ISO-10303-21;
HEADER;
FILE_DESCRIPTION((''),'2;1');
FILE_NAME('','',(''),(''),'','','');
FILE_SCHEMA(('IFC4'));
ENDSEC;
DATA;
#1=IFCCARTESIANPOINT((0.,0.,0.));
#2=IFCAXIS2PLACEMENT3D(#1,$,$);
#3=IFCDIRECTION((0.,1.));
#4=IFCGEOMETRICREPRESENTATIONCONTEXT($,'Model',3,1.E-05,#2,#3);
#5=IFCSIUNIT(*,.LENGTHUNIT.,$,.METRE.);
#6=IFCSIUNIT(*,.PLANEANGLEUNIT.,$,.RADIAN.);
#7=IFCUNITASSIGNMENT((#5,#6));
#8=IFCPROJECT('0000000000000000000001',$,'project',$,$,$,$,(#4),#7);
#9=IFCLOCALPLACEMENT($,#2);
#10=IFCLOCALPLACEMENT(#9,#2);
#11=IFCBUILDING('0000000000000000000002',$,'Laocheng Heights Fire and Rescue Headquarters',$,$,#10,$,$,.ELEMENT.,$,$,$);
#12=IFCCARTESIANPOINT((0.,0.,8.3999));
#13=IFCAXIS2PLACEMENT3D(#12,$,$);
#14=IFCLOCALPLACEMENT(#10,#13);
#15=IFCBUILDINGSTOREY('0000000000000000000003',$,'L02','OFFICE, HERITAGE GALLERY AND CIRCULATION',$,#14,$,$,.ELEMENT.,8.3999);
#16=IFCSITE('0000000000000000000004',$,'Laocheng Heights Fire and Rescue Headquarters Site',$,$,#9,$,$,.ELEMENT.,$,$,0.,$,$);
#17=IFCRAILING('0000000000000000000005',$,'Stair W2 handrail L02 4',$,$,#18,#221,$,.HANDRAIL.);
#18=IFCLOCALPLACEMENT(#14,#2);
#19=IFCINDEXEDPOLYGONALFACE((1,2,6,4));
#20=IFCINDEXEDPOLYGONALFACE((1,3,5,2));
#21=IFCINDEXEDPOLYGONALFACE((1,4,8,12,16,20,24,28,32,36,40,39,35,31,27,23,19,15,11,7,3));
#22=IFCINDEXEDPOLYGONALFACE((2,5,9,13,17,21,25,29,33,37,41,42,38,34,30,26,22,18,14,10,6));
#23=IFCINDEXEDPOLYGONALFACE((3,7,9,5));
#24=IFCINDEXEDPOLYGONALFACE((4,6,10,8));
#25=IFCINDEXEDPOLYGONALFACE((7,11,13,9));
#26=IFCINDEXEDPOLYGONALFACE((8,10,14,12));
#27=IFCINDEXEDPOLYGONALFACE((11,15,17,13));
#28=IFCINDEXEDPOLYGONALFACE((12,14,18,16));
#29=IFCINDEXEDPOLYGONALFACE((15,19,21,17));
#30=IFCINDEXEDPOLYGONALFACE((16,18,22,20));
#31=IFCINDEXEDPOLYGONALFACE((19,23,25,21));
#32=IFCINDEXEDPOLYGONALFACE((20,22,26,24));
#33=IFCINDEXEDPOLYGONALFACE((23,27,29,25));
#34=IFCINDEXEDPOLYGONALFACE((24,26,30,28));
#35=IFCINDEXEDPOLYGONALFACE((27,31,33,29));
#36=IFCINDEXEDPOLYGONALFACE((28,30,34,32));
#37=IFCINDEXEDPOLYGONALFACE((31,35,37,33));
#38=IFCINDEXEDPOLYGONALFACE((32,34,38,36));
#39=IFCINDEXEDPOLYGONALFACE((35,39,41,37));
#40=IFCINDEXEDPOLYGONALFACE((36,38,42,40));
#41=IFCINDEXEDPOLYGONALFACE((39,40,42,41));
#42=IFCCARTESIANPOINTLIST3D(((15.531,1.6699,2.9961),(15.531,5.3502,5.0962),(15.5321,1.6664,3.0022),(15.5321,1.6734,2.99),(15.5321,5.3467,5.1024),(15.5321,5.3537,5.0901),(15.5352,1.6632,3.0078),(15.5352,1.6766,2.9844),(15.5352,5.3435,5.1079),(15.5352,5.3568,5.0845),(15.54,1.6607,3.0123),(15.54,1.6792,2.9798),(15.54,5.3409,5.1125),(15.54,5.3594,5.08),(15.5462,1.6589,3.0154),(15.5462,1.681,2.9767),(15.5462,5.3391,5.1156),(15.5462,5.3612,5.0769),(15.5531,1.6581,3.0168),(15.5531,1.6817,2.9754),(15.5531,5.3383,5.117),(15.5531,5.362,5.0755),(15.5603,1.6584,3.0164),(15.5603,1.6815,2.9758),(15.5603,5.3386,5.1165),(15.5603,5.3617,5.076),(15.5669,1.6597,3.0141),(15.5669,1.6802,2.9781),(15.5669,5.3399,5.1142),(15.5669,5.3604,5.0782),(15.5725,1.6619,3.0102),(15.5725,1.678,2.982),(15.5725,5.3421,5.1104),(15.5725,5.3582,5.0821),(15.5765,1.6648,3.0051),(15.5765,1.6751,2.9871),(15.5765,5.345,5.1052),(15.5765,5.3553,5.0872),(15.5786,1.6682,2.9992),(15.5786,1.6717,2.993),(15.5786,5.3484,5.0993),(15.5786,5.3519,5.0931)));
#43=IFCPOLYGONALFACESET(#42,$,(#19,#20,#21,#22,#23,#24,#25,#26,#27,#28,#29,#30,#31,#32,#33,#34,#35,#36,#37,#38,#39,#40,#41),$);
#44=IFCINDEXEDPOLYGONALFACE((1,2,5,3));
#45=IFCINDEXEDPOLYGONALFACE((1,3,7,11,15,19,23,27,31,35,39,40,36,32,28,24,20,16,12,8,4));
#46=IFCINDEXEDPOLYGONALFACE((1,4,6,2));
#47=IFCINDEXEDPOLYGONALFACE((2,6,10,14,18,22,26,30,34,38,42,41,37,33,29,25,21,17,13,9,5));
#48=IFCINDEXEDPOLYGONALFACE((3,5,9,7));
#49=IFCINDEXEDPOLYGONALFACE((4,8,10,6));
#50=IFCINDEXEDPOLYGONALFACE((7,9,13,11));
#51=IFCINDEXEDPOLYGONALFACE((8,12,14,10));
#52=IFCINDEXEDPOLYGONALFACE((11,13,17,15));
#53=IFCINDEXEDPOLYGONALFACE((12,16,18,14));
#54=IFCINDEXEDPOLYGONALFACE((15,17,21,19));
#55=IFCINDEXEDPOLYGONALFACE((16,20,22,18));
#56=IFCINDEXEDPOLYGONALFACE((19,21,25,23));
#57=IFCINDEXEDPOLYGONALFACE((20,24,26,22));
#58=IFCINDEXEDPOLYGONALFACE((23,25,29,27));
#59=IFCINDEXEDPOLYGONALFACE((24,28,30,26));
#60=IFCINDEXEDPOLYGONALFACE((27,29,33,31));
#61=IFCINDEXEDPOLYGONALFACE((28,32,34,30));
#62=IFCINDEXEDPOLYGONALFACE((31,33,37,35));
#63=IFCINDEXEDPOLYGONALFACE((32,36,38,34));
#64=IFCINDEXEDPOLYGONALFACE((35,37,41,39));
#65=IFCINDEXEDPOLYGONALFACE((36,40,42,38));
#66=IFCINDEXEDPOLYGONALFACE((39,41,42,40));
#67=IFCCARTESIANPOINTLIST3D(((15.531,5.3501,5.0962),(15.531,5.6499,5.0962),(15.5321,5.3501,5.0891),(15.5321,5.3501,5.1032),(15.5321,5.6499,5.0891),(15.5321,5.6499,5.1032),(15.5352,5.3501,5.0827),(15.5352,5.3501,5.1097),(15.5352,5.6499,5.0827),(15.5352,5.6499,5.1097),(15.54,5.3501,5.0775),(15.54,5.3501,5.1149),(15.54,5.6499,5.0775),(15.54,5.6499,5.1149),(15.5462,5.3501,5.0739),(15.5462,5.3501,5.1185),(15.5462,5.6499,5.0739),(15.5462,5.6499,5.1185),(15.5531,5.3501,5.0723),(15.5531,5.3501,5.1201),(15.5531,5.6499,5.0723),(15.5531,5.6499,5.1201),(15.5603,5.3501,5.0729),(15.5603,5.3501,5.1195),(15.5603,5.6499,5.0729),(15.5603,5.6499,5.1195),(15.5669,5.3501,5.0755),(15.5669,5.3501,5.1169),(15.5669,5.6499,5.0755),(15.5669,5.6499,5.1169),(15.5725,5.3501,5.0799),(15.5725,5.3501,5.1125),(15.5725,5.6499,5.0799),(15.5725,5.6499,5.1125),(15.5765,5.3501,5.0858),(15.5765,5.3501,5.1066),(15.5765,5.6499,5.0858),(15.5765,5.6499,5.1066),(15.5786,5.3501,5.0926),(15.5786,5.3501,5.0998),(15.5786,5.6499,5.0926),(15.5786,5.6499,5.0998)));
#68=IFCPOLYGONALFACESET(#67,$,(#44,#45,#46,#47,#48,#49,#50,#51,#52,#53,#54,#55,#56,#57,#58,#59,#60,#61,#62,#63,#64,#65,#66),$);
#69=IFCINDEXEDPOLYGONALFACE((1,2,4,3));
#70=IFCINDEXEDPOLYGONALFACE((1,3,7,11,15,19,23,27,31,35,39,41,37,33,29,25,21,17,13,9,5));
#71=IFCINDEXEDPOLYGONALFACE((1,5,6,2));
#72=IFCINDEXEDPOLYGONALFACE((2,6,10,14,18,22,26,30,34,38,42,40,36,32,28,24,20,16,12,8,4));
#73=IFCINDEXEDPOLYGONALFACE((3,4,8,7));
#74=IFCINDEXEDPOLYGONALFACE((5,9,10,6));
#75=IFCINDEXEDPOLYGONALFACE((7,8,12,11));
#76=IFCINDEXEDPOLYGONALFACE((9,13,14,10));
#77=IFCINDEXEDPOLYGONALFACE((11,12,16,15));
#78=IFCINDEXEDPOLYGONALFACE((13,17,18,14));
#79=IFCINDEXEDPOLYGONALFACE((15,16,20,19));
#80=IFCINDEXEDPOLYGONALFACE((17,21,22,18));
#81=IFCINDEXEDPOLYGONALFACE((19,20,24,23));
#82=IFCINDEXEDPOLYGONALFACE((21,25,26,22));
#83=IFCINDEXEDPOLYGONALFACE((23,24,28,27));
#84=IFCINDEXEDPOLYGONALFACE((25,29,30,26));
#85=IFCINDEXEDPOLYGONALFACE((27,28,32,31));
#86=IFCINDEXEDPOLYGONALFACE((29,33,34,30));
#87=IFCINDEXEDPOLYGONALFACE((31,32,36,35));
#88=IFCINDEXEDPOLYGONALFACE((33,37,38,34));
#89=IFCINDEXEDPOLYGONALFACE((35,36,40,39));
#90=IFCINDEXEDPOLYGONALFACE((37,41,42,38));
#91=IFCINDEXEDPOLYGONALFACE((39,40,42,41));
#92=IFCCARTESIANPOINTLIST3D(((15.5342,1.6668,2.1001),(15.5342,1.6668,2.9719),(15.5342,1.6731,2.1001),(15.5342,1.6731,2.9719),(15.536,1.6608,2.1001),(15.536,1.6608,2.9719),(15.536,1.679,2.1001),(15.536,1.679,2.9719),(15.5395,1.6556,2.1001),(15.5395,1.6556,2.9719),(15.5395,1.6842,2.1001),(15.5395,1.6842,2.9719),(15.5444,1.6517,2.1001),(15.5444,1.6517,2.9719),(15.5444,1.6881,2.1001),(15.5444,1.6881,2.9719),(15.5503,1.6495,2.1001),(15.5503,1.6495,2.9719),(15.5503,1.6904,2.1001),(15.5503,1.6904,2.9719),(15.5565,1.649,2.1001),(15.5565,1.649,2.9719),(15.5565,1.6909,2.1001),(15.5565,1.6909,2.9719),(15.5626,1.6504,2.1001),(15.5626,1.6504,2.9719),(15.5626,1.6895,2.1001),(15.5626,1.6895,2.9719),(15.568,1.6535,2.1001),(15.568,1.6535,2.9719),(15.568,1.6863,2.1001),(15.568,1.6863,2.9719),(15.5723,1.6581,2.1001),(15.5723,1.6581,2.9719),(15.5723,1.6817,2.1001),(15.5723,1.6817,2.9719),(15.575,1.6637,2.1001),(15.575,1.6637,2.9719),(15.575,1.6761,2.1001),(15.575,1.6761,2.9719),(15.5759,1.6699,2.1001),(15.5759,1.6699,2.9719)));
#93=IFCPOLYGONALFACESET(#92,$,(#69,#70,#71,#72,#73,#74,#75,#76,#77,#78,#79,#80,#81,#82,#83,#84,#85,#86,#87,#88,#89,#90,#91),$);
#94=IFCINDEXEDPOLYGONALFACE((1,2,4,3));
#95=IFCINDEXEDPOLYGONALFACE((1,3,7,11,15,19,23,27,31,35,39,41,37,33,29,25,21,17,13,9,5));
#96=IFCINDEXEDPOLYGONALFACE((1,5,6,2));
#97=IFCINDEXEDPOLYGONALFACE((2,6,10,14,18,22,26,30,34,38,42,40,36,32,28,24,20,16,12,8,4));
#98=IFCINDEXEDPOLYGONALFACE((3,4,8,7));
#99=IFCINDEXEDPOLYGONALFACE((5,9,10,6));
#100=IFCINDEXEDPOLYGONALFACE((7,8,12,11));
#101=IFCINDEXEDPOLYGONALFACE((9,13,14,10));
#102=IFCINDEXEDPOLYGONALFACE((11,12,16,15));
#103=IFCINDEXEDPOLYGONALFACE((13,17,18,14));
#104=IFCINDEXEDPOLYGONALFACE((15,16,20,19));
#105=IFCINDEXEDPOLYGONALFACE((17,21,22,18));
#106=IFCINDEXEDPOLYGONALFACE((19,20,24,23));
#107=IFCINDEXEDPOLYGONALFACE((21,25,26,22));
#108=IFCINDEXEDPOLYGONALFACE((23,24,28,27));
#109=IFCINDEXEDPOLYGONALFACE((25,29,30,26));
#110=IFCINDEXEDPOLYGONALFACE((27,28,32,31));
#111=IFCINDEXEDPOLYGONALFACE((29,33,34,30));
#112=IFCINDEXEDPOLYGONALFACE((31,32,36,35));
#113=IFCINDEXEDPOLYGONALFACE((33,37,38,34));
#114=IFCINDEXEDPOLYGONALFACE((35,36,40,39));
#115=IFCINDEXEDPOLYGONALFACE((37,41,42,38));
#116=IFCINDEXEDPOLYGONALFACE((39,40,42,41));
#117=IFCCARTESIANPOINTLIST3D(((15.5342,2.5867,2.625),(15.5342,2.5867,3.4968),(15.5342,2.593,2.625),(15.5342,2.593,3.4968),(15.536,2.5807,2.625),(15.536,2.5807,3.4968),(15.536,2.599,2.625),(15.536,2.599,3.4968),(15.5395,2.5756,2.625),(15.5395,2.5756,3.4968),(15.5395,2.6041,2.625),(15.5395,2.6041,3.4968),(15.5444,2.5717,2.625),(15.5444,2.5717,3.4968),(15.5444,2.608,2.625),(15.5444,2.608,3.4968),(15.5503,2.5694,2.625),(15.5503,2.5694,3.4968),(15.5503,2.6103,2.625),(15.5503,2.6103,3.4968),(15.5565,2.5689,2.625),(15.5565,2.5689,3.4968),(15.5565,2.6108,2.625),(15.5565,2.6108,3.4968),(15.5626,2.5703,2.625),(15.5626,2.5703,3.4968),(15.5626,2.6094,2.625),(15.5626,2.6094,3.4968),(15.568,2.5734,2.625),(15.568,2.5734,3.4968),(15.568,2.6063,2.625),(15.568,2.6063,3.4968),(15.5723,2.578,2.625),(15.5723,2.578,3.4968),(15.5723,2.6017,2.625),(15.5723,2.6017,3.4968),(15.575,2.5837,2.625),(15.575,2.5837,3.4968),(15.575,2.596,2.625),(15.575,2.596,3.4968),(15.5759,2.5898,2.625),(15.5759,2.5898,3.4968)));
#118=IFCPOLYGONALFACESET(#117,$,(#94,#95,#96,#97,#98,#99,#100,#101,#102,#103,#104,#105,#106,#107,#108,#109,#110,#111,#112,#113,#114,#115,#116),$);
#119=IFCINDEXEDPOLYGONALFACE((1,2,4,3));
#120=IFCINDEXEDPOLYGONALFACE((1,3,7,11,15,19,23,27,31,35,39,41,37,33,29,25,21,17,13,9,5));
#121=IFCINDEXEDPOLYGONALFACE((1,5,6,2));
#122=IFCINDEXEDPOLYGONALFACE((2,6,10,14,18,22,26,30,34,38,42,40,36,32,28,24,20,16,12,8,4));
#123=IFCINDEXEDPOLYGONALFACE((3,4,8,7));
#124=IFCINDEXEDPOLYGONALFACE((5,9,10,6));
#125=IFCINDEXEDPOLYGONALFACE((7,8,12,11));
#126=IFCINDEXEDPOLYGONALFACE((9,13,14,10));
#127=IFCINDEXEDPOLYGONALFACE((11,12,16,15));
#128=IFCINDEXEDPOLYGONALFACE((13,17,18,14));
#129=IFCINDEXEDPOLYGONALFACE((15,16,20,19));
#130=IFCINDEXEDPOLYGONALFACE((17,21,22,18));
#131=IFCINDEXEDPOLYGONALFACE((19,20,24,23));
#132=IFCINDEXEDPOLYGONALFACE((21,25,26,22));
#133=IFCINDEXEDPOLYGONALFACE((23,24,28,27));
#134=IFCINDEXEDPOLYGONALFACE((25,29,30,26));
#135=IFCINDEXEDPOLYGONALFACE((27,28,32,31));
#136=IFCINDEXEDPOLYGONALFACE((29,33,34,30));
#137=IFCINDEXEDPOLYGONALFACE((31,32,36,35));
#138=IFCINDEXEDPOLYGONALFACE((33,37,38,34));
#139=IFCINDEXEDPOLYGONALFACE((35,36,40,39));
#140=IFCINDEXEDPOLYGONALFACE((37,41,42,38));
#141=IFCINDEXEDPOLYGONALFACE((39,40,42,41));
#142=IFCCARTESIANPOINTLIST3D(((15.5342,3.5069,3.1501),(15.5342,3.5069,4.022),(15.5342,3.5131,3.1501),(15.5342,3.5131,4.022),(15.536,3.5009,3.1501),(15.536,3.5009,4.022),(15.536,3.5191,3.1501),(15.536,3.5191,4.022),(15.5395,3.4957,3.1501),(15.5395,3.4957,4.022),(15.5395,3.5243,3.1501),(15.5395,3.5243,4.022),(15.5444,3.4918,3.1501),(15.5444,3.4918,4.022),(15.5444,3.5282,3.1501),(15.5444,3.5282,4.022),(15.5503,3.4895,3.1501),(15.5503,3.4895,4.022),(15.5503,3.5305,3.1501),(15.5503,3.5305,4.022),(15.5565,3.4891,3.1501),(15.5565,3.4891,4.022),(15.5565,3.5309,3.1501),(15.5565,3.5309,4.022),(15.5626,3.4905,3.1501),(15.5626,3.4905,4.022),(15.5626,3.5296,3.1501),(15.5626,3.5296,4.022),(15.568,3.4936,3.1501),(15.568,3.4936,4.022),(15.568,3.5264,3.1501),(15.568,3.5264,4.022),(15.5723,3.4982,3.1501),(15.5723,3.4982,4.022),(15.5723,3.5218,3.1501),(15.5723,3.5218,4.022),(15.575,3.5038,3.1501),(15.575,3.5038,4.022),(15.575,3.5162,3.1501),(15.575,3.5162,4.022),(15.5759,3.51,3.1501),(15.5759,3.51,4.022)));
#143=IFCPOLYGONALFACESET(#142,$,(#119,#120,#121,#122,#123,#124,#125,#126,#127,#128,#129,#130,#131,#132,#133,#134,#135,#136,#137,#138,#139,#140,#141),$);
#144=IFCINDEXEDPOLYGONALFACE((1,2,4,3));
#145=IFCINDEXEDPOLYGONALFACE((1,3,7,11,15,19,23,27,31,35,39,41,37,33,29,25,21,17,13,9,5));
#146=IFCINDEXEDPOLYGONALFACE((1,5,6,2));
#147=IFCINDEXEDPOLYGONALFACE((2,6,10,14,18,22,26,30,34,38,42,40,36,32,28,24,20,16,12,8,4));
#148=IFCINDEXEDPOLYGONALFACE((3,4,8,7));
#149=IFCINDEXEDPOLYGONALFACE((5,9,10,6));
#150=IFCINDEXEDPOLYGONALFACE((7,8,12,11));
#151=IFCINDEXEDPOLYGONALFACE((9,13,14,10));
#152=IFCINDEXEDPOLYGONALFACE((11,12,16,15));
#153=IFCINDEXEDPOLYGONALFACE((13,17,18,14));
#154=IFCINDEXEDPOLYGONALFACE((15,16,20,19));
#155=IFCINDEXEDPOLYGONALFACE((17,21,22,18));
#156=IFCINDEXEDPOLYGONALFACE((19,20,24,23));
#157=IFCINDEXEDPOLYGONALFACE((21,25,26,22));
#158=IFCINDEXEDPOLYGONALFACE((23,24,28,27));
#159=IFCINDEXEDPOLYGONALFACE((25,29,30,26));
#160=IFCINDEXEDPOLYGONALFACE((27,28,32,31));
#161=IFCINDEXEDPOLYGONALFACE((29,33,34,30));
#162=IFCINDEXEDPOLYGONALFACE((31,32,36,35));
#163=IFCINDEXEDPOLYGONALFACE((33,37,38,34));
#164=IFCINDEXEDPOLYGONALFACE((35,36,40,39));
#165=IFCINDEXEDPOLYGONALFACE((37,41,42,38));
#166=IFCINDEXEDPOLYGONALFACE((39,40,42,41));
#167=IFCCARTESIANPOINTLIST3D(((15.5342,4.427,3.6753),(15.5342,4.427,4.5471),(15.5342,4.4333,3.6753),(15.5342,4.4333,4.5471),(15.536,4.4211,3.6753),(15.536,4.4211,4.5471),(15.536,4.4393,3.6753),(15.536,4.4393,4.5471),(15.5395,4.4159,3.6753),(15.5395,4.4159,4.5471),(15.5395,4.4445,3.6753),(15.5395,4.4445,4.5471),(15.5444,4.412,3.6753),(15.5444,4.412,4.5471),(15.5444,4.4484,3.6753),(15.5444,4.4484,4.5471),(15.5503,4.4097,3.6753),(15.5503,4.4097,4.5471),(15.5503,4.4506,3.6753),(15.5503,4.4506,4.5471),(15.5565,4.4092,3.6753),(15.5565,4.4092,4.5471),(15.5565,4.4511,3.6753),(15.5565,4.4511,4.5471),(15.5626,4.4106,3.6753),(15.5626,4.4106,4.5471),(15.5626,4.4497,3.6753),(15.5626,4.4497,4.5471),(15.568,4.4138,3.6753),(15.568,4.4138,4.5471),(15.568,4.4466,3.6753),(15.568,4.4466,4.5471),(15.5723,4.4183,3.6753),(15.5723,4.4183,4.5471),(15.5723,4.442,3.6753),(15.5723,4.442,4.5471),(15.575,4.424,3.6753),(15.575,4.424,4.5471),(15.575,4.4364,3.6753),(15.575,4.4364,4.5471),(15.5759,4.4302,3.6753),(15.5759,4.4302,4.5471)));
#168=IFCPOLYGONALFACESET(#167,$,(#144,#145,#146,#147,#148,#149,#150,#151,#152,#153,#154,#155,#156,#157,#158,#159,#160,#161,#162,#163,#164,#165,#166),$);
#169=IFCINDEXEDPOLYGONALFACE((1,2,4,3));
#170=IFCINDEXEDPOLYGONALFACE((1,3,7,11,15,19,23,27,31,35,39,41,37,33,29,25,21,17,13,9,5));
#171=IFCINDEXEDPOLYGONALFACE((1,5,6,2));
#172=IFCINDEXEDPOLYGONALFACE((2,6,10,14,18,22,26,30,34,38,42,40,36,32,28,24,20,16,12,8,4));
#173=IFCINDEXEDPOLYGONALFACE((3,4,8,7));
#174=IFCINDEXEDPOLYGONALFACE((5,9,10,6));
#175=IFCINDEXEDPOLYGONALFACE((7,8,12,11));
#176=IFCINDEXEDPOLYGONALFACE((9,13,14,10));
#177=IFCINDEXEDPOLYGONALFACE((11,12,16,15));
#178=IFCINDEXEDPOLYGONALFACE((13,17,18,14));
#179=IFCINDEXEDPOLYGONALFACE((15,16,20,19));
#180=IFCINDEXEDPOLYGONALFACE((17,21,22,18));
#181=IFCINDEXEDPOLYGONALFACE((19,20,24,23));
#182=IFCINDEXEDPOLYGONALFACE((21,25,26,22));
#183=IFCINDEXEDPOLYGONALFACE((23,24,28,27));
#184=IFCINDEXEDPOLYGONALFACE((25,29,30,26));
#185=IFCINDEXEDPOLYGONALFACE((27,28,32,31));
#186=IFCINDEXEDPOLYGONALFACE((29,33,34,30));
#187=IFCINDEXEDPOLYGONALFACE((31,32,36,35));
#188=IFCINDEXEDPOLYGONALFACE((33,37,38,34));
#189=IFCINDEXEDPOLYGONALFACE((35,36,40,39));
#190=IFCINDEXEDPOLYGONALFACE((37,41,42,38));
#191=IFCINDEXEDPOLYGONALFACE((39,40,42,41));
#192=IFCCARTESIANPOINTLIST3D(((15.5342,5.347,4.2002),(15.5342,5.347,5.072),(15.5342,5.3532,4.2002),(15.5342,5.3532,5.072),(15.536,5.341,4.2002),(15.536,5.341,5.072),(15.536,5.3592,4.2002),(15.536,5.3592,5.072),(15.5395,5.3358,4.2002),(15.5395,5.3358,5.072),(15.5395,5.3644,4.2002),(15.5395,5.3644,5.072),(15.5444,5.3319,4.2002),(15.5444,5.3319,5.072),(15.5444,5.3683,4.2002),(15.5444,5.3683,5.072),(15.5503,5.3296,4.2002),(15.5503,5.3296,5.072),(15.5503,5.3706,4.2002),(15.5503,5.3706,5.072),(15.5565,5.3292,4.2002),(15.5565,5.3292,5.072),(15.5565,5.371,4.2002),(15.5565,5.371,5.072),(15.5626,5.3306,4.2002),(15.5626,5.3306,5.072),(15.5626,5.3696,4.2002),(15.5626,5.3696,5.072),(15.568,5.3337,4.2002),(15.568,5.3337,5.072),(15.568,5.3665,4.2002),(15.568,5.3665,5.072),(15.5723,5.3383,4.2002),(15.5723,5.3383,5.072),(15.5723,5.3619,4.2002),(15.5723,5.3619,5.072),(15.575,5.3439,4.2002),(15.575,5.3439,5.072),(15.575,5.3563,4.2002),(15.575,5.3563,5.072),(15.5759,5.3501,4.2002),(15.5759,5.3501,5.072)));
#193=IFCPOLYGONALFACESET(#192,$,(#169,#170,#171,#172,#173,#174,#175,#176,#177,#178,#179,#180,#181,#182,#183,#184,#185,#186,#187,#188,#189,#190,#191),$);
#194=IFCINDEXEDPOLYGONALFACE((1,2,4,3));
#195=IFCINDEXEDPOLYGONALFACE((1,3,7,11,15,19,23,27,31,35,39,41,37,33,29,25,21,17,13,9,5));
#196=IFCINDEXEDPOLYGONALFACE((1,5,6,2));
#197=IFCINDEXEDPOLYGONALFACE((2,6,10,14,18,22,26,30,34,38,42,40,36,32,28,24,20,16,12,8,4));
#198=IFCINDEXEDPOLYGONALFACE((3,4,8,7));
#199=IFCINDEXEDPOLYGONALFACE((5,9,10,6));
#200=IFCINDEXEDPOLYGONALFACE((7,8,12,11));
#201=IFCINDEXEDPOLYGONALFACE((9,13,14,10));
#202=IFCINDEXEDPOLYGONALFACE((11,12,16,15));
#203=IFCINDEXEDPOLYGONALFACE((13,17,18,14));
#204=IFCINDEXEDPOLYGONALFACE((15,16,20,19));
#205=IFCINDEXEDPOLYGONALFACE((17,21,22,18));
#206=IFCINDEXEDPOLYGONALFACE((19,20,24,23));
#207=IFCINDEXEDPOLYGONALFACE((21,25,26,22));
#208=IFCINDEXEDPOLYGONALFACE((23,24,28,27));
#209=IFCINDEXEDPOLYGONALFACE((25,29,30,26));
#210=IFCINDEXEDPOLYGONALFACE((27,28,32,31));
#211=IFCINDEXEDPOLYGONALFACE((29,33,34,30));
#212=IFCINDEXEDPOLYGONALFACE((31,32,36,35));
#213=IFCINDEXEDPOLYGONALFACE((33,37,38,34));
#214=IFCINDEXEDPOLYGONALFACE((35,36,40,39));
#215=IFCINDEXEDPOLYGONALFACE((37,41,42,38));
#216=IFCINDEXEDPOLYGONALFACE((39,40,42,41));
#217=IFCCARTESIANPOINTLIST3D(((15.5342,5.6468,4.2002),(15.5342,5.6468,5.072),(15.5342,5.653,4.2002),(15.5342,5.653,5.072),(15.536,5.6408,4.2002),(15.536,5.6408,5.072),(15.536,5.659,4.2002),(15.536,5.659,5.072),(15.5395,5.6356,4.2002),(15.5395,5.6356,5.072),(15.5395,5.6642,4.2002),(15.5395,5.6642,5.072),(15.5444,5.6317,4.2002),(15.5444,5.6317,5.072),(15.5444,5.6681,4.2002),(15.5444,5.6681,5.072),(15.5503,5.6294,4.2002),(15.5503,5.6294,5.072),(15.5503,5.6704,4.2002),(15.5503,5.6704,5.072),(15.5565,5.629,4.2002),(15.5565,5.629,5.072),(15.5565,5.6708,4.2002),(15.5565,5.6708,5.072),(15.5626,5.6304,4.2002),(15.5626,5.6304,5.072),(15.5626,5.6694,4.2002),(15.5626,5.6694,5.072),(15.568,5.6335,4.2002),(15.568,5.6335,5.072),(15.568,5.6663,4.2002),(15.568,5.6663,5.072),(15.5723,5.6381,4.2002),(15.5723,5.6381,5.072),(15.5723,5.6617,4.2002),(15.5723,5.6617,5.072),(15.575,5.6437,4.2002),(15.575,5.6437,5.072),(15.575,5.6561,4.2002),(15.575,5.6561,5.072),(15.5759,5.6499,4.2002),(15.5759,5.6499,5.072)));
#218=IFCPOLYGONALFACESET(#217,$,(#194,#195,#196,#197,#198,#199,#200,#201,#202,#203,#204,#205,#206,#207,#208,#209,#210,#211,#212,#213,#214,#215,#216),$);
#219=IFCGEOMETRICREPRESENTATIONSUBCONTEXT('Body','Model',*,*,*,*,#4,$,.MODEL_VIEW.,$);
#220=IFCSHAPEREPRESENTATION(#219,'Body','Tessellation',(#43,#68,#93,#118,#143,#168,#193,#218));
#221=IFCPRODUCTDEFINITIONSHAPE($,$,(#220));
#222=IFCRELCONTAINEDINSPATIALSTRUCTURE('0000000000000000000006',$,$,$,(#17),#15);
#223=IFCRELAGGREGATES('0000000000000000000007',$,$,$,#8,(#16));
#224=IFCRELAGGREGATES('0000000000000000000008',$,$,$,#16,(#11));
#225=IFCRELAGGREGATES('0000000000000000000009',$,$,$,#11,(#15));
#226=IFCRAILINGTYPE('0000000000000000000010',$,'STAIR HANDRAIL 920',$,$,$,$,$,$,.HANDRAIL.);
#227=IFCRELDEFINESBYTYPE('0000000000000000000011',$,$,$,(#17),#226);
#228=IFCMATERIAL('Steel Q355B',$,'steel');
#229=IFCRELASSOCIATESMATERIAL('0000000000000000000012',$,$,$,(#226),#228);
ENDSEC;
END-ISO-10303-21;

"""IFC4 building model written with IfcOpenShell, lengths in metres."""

from ifc_helpers import new_model, si_unit, direction, frame, origin, origin_2d, place, context, subcontext, project, spatial, circle, extrude, material, type_object, element, save


model = new_model("IFC4")

# Units and contexts
model_context = context("Model", 3, precision=1e-05, world=origin(), true_north=direction((0.0, 1.0)))
body_context = subcontext(model_context, "Body", "Model", "MODEL_VIEW")
ifc_project = project(units=[si_unit("LENGTHUNIT", "METRE"), si_unit("PLANEANGLEUNIT", "RADIAN")], contexts=[model_context])

# Site, building, storey
site_placement = place(None, origin())
site = spatial("IfcSite", under=ifc_project, at=site_placement, Name="Laocheng Heights Fire and Rescue Headquarters Site", CompositionType="ELEMENT", RefElevation=0.0)
building_placement = place(site_placement, origin())
building = spatial("IfcBuilding", under=site, at=building_placement, Name="Laocheng Heights Fire and Rescue Headquarters", CompositionType="ELEMENT")
storey_placement = place(building_placement, frame((0.0, 0.0, 8.3999)))
storey = spatial("IfcBuildingStorey", under=building, at=storey_placement, Name="L02", Description="OFFICE, HERITAGE GALLERY AND CIRCULATION", CompositionType="ELEMENT", Elevation=8.3999)

# Railing
ifc_material_1 = material(Name="Steel Q355B", Category="steel")
railing_type_1 = type_object("IfcRailingType", Name="STAIR HANDRAIL 920", PredefinedType="HANDRAIL", material=ifc_material_1)
railing_1_placement = place(storey_placement, frame((15.5549, 1.6699, 2.1001)))
element("IfcRailing", 1, at=railing_1_placement, inside=storey, type_object=railing_type_1, Name="Stair W2 handrail L02 4", PredefinedType="HANDRAIL", context=body_context, shape_type="SweptSolid", body=[
    extrude(circle(Radius=0.0239, at=origin_2d()), frame((0.0, 0.0, 0.896), z_axis=(0.0, 0.868534, 0.49563), x_axis=(-1.0, 0.0, 0.0)), (0.0, 0.0, 1.0), 4.2373),
    extrude(circle(Radius=0.0239, at=origin_2d()), frame((0.0, 3.6802, 2.9961), z_axis=(0.0, 1.0, 0.0), x_axis=(-1.0, 0.0, 0.0)), (0.0, 0.0, 1.0), 0.2998),
    extrude(circle(Radius=0.021, at=origin_2d()), origin(), (0.0, 0.0, 1.0), 0.8718),
    extrude(circle(Radius=0.021, at=origin_2d()), frame((0.0, 0.9199, 0.5249)), (0.0, 0.0, 1.0), 0.8718),
    extrude(circle(Radius=0.021, at=origin_2d()), frame((0.0, 1.8401, 1.05)), (0.0, 0.0, 1.0), 0.8718),
    extrude(circle(Radius=0.021, at=origin_2d()), frame((0.0, 2.7603, 1.5752)), (0.0, 0.0, 1.0), 0.8718),
    extrude(circle(Radius=0.021, at=origin_2d()), frame((0.0, 3.6802, 2.1001)), (0.0, 0.0, 1.0), 0.8718),
    extrude(circle(Radius=0.021, at=origin_2d()), frame((0.0, 3.98, 2.1001)), (0.0, 0.0, 1.0), 0.8718),
])

save(model, "model.ifc")
